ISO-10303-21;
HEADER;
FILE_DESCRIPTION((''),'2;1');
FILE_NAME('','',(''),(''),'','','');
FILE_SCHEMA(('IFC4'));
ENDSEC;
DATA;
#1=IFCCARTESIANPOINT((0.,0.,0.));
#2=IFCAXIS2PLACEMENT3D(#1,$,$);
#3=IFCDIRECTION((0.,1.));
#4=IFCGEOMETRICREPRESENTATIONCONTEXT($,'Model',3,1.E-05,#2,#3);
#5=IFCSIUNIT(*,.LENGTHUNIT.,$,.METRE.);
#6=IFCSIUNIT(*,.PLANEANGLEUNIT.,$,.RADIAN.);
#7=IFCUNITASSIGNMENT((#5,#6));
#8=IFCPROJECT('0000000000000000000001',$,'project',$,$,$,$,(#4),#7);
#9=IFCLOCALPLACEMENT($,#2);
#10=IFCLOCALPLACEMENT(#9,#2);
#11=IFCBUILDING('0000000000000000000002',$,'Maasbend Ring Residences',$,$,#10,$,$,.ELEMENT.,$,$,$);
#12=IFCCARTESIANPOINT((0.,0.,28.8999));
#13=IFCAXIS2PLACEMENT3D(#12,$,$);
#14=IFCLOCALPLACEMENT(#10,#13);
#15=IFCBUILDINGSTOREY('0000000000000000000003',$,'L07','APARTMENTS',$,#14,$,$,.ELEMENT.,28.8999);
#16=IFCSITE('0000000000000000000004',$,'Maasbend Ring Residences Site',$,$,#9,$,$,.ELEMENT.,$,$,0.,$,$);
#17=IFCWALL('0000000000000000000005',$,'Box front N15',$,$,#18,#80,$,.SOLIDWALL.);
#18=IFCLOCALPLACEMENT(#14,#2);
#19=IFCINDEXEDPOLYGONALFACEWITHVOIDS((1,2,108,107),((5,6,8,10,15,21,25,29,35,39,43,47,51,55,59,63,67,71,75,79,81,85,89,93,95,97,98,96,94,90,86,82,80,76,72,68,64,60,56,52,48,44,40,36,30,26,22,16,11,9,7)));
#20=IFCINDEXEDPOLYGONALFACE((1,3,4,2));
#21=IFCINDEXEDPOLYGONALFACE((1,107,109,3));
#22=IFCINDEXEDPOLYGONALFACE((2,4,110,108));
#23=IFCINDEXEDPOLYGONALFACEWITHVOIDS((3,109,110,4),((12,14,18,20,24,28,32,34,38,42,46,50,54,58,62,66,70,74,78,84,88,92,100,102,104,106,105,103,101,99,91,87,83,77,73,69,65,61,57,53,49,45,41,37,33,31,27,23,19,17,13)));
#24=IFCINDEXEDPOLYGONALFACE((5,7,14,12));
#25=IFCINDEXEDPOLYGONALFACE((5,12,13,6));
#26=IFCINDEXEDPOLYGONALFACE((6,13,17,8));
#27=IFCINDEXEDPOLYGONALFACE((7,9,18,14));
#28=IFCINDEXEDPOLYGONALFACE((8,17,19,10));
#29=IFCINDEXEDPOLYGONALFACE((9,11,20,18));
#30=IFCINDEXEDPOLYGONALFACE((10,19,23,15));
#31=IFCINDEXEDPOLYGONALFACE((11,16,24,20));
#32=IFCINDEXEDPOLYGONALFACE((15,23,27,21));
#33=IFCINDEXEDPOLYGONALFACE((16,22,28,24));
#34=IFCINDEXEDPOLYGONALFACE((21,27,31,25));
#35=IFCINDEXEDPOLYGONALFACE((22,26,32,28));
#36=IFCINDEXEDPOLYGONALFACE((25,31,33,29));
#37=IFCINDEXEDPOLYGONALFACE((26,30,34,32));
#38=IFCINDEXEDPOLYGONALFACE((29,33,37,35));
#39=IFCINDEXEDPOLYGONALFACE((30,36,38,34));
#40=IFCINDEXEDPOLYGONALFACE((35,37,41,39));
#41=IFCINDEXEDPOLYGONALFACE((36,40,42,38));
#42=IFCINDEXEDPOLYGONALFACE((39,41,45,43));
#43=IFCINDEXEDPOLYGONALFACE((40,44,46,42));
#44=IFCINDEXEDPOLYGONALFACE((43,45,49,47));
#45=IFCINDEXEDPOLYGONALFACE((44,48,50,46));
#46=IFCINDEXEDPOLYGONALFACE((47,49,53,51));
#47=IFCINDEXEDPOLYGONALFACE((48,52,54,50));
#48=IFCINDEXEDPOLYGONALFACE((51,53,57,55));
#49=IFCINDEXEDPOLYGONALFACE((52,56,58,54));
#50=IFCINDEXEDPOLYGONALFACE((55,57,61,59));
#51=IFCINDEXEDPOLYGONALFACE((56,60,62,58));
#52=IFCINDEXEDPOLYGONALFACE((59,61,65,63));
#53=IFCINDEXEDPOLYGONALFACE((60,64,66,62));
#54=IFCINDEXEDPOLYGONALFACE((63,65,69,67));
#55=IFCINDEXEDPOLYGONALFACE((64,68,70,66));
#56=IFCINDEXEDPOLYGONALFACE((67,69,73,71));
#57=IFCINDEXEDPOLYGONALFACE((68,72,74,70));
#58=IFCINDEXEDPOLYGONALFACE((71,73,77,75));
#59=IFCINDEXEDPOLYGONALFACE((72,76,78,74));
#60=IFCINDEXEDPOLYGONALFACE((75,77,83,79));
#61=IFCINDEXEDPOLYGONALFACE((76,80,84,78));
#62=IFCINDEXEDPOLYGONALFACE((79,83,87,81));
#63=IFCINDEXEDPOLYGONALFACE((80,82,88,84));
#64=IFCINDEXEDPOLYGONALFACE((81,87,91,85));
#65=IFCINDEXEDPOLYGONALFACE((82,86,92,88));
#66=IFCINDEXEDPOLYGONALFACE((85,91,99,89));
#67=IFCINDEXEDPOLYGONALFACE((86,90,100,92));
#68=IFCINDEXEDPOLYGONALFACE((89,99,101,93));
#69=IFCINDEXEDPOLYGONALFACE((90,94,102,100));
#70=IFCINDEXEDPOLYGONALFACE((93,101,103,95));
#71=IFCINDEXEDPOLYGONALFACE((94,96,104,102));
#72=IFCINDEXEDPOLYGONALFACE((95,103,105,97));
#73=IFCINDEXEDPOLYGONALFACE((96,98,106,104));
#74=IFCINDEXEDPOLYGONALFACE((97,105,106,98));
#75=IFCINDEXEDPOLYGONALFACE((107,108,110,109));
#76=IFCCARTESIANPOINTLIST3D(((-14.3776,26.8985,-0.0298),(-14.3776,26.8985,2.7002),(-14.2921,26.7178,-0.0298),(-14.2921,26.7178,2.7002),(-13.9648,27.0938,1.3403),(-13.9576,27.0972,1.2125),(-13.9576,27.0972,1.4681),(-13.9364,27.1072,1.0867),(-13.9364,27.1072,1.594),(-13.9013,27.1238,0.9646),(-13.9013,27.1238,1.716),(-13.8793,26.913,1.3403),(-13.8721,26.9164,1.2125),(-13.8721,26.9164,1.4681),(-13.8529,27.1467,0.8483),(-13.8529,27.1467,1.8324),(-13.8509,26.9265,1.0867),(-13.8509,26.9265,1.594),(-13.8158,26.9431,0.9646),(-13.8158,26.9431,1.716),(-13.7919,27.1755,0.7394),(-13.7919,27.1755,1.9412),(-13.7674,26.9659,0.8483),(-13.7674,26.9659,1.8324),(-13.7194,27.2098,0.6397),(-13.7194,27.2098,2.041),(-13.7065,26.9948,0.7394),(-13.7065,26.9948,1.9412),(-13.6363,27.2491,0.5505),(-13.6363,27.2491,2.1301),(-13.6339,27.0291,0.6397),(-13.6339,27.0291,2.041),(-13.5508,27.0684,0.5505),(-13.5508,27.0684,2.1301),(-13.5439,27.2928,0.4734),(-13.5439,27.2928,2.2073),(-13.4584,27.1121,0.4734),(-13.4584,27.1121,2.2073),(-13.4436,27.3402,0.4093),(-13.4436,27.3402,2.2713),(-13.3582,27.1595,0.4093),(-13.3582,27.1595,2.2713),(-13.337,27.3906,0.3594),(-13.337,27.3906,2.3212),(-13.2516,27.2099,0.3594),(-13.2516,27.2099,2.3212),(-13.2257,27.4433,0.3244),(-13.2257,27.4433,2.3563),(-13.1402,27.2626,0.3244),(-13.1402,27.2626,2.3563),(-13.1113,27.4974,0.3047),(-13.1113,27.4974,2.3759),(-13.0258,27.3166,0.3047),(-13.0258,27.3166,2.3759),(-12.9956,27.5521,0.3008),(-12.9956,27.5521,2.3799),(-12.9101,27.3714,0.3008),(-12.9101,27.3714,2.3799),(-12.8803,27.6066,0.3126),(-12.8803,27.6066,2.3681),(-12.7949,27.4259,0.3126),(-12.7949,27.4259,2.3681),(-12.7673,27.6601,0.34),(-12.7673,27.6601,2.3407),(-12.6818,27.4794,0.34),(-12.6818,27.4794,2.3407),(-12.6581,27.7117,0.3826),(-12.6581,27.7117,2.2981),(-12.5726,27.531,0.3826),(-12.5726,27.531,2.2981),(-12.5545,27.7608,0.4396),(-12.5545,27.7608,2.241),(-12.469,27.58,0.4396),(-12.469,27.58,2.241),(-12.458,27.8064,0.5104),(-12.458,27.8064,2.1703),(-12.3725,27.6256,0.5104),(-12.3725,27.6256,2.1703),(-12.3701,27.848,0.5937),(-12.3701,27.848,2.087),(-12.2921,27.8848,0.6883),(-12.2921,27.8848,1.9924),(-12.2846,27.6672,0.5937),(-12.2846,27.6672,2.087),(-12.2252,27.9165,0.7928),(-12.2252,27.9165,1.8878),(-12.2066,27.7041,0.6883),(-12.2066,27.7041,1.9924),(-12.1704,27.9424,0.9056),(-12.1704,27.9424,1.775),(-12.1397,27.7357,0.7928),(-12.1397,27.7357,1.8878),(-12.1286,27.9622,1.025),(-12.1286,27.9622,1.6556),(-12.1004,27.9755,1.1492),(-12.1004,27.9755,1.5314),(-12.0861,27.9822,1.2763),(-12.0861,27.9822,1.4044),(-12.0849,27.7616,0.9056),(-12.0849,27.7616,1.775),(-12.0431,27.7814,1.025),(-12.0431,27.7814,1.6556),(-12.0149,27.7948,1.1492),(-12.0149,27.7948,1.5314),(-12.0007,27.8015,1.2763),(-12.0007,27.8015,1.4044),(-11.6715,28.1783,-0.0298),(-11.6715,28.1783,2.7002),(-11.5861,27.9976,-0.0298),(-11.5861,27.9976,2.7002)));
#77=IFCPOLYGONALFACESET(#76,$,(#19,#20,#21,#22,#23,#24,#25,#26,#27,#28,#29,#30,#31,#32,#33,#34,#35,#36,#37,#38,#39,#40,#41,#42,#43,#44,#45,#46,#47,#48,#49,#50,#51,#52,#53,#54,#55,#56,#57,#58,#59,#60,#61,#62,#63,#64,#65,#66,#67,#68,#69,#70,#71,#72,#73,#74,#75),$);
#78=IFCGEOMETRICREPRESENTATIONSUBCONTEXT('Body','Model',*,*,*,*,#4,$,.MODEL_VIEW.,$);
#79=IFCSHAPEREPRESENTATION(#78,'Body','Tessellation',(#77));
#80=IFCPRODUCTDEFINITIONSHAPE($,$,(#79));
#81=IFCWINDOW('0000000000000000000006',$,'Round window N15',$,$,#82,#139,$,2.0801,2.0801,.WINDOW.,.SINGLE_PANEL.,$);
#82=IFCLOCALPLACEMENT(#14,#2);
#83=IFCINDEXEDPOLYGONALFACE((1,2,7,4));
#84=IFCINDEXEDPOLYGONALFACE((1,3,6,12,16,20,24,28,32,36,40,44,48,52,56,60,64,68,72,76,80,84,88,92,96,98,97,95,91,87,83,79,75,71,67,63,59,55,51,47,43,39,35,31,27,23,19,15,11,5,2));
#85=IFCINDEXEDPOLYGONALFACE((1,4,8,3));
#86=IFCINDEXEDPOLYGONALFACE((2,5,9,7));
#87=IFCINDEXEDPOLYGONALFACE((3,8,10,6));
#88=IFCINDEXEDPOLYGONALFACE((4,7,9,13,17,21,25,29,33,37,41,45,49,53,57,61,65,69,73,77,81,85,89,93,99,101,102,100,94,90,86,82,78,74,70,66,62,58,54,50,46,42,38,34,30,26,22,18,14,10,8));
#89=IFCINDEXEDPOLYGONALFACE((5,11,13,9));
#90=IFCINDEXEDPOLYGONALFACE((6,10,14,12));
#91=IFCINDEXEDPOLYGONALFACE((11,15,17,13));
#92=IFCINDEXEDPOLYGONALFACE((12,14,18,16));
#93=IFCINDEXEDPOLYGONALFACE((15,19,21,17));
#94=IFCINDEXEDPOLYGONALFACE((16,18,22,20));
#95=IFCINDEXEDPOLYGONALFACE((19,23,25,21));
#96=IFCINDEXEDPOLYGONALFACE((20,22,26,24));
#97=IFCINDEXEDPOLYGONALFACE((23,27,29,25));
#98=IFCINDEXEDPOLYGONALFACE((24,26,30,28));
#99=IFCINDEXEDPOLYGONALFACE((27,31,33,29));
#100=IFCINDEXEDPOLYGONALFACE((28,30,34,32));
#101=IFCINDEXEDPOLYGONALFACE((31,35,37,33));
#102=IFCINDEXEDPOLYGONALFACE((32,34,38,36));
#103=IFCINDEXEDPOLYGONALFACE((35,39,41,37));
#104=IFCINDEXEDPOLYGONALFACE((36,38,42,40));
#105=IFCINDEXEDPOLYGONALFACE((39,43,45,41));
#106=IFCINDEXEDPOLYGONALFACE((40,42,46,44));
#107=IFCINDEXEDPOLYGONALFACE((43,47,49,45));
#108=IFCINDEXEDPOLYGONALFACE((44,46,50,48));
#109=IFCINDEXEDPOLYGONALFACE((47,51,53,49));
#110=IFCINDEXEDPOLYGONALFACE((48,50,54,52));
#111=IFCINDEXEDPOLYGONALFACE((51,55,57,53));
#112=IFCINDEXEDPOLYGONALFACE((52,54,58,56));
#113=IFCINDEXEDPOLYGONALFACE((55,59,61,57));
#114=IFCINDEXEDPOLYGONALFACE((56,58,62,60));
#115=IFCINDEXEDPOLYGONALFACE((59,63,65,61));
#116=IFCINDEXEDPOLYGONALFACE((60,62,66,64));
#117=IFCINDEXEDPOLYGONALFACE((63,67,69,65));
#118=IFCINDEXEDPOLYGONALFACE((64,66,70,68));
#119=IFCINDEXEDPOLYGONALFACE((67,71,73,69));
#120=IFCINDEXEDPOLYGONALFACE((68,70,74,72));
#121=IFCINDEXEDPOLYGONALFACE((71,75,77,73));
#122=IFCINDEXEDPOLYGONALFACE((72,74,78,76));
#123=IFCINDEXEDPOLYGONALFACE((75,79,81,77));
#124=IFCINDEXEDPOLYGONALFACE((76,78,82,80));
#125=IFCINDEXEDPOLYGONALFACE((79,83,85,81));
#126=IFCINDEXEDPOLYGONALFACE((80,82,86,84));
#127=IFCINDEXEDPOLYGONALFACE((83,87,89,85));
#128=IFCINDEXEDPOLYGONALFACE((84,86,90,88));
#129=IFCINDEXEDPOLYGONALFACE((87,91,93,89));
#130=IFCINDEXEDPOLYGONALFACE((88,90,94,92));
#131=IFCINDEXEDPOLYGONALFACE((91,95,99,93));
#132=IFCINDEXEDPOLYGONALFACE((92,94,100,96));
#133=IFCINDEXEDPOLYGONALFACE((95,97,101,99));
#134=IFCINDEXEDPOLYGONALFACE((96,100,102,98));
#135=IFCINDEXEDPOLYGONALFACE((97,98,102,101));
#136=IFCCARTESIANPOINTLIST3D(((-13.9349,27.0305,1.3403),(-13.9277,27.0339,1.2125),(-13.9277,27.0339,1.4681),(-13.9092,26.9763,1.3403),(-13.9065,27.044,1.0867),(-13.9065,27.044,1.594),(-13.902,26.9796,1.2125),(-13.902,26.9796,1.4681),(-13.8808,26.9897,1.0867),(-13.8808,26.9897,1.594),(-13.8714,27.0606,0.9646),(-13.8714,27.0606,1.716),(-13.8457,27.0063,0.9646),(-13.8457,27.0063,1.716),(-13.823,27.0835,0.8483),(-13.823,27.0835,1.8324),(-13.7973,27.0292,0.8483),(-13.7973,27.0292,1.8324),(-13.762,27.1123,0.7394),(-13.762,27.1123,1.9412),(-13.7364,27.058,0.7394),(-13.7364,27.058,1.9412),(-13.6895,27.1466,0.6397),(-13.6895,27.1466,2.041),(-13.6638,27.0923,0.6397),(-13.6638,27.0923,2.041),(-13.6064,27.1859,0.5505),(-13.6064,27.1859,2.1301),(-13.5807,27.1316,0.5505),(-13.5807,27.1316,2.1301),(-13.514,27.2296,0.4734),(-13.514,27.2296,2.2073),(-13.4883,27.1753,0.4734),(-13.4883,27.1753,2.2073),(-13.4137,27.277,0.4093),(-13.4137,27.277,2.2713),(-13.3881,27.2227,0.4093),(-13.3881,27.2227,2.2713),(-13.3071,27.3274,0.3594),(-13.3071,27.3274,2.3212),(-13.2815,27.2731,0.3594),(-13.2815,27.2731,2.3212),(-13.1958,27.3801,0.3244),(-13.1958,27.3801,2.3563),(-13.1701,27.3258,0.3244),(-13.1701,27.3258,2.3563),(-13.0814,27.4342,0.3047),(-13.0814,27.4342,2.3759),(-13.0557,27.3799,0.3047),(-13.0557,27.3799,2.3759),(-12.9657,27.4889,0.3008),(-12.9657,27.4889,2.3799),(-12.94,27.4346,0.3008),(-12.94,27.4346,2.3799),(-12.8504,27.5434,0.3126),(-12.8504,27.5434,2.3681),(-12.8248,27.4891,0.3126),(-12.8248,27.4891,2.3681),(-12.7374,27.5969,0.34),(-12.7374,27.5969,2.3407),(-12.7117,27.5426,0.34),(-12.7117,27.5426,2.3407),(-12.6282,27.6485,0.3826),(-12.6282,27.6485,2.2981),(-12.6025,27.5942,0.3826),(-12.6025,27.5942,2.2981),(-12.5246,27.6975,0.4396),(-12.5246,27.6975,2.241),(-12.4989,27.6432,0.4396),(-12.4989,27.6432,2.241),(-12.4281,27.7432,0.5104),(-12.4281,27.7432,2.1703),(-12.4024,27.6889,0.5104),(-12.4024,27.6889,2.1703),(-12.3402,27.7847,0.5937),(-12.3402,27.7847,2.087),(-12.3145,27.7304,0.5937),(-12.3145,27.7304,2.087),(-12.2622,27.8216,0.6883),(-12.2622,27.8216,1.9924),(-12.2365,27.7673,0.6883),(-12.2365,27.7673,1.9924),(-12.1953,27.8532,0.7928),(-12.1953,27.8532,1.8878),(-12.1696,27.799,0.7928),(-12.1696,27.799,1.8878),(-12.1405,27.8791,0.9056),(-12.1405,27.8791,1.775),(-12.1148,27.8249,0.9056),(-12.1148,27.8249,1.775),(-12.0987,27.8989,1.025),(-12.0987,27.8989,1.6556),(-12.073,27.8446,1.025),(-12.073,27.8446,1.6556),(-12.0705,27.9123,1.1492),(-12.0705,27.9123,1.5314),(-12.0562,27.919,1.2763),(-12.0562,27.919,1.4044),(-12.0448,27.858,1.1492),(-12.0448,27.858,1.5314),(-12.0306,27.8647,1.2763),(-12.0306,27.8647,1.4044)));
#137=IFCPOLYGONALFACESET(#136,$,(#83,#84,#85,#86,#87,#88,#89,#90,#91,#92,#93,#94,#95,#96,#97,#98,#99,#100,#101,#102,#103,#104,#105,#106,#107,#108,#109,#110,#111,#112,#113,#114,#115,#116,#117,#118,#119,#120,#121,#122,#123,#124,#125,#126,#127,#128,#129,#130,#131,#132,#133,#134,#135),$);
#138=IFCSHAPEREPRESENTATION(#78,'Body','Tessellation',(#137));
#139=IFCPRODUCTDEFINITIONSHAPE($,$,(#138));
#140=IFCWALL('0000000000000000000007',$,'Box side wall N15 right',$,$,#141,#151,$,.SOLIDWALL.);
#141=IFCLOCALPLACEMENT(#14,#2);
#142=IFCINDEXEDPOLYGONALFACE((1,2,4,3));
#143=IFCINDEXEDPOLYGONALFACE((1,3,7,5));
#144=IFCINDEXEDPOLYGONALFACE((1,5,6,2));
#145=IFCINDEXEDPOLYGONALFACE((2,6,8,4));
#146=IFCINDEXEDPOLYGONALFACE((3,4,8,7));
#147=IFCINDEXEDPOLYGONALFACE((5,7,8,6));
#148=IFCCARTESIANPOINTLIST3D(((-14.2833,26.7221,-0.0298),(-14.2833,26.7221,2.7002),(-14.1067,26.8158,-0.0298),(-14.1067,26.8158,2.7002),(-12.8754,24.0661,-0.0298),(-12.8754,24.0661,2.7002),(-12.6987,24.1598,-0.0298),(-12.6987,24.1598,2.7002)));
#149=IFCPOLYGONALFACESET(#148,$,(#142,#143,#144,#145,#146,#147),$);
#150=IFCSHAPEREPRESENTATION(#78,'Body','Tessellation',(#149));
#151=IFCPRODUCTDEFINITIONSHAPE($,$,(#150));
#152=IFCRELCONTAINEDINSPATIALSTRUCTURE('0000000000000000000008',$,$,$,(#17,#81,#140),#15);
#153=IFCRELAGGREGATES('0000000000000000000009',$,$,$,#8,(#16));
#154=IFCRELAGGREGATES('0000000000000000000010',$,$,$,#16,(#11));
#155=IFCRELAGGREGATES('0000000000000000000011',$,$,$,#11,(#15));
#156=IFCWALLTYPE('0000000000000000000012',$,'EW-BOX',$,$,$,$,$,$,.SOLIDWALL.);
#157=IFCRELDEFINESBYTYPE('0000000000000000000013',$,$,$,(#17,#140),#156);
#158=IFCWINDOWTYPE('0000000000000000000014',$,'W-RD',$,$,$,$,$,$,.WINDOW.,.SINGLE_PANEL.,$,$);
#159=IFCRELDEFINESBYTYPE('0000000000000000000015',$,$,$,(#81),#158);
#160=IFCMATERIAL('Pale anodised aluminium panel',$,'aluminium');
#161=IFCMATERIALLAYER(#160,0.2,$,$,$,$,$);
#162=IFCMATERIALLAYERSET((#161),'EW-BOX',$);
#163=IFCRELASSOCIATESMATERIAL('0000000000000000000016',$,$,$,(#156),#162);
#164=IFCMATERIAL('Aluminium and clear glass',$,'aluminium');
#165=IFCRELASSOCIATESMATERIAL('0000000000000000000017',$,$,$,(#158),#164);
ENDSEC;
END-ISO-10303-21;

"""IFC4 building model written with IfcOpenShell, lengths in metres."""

from ifc_helpers import new_model, si_unit, direction, frame, frame_2d, origin, place, context, subcontext, project, spatial, rectangle, circle, extrude, material, layer, layer_set, type_object, element, fill, save


model = new_model("IFC4")

# Units and contexts
model_context = context("Model", 3, precision=1e-05, world=origin(), true_north=direction((0.0, 1.0)))
body_context = subcontext(model_context, "Body", "Model", "MODEL_VIEW")
ifc_project = project(units=[si_unit("LENGTHUNIT", "METRE"), si_unit("PLANEANGLEUNIT", "RADIAN")], contexts=[model_context])

# Site, building, storey
site_placement = place(None, origin())
site = spatial("IfcSite", under=ifc_project, at=site_placement, Name="Maasbend Ring Residences Site", CompositionType="ELEMENT", RefElevation=0.0)
building_placement = place(site_placement, origin())
building = spatial("IfcBuilding", under=site, at=building_placement, Name="Maasbend Ring Residences", CompositionType="ELEMENT")
storey_placement = place(building_placement, frame((0.0, 0.0, 28.8999)))
storey = spatial("IfcBuildingStorey", under=building, at=storey_placement, Name="L07", Description="APARTMENTS", CompositionType="ELEMENT", Elevation=28.8999)

# Wall, opening, window
ifc_material_1 = material(Name="Pale anodised aluminium panel", Category="aluminium")
ifc_layer_1 = layer(ifc_material_1, 0.2)
ifc_layer_set_1 = layer_set([ifc_layer_1], Name="EW-BOX")
wall_type_1 = type_object("IfcWallType", Name="EW-BOX", PredefinedType="SOLIDWALL", material=ifc_layer_set_1)
wall_1_placement = place(storey_placement, frame((-11.6289, 28.0879, -0.0298), z_axis=(0.0, 0.0, 1.0), x_axis=(-0.904, -0.427532, 0.0)))
wall_1 = element("IfcWall", 1, at=wall_1_placement, inside=storey, type_object=wall_type_1, Name="Box front N15", PredefinedType="SOLIDWALL", context=body_context, shape_type="SweptSolid", body=[
    extrude(rectangle(XDim=2.9934, YDim=0.2, at=frame_2d((1.4966, 0.0))), origin(), (0.0, 0.0, 1.0), 2.73),
])
opening_1_placement = place(wall_1_placement, frame((0.4565, 0.0, 0.3301)))
opening_1 = element("IfcOpeningElement", 2, at=opening_1_placement, cuts=wall_1, PredefinedType="OPENING", context=body_context, shape_type="SweptSolid", body=[
    extrude(circle(Radius=1.04, at=frame_2d((1.04, 1.04))), frame((0.0, 0.1099, 0.0), z_axis=(0.0, -1.0, 0.0), x_axis=(1.0, 0.0, 0.0)), (0.0, 0.0, 1.0), 0.22),
])
ifc_material_2 = material(Name="Aluminium and clear glass", Category="aluminium")
window_type_1 = type_object("IfcWindowType", Name="W-RD", PartitioningType="SINGLE_PANEL", PredefinedType="WINDOW", material=ifc_material_2)
window_1_placement = place(opening_1_placement, origin())
window_1 = element("IfcWindow", 3, at=window_1_placement, inside=storey, type_object=window_type_1, Name="Round window N15", OverallHeight=2.0801, OverallWidth=2.0801, PartitioningType="SINGLE_PANEL", PredefinedType="WINDOW", context=body_context, shape_type="SweptSolid", body=[
    extrude(circle(Radius=1.04, at=frame_2d((1.04, 1.04))), frame((0.0, 0.03, 0.0), z_axis=(0.0, -1.0, 0.0), x_axis=(1.0, 0.0, 0.0)), (0.0, 0.0, 1.0), 0.0601),
])
fill(opening_1, window_1)

# Wall
wall_2_placement = place(storey_placement, frame((-12.7871, 24.113, -0.0298), z_axis=(0.0, 0.0, 1.0), x_axis=(-0.468365, 0.883535, 0.0)))
element("IfcWall", 4, at=wall_2_placement, inside=storey, type_object=wall_type_1, Name="Box side wall N15 right", PredefinedType="SOLIDWALL", context=body_context, shape_type="SweptSolid", body=[
    extrude(rectangle(XDim=3.0061, YDim=0.2, at=frame_2d((1.5029, 0.0))), origin(), (0.0, 0.0, 1.0), 2.73),
])

save(model, "model.ifc")
